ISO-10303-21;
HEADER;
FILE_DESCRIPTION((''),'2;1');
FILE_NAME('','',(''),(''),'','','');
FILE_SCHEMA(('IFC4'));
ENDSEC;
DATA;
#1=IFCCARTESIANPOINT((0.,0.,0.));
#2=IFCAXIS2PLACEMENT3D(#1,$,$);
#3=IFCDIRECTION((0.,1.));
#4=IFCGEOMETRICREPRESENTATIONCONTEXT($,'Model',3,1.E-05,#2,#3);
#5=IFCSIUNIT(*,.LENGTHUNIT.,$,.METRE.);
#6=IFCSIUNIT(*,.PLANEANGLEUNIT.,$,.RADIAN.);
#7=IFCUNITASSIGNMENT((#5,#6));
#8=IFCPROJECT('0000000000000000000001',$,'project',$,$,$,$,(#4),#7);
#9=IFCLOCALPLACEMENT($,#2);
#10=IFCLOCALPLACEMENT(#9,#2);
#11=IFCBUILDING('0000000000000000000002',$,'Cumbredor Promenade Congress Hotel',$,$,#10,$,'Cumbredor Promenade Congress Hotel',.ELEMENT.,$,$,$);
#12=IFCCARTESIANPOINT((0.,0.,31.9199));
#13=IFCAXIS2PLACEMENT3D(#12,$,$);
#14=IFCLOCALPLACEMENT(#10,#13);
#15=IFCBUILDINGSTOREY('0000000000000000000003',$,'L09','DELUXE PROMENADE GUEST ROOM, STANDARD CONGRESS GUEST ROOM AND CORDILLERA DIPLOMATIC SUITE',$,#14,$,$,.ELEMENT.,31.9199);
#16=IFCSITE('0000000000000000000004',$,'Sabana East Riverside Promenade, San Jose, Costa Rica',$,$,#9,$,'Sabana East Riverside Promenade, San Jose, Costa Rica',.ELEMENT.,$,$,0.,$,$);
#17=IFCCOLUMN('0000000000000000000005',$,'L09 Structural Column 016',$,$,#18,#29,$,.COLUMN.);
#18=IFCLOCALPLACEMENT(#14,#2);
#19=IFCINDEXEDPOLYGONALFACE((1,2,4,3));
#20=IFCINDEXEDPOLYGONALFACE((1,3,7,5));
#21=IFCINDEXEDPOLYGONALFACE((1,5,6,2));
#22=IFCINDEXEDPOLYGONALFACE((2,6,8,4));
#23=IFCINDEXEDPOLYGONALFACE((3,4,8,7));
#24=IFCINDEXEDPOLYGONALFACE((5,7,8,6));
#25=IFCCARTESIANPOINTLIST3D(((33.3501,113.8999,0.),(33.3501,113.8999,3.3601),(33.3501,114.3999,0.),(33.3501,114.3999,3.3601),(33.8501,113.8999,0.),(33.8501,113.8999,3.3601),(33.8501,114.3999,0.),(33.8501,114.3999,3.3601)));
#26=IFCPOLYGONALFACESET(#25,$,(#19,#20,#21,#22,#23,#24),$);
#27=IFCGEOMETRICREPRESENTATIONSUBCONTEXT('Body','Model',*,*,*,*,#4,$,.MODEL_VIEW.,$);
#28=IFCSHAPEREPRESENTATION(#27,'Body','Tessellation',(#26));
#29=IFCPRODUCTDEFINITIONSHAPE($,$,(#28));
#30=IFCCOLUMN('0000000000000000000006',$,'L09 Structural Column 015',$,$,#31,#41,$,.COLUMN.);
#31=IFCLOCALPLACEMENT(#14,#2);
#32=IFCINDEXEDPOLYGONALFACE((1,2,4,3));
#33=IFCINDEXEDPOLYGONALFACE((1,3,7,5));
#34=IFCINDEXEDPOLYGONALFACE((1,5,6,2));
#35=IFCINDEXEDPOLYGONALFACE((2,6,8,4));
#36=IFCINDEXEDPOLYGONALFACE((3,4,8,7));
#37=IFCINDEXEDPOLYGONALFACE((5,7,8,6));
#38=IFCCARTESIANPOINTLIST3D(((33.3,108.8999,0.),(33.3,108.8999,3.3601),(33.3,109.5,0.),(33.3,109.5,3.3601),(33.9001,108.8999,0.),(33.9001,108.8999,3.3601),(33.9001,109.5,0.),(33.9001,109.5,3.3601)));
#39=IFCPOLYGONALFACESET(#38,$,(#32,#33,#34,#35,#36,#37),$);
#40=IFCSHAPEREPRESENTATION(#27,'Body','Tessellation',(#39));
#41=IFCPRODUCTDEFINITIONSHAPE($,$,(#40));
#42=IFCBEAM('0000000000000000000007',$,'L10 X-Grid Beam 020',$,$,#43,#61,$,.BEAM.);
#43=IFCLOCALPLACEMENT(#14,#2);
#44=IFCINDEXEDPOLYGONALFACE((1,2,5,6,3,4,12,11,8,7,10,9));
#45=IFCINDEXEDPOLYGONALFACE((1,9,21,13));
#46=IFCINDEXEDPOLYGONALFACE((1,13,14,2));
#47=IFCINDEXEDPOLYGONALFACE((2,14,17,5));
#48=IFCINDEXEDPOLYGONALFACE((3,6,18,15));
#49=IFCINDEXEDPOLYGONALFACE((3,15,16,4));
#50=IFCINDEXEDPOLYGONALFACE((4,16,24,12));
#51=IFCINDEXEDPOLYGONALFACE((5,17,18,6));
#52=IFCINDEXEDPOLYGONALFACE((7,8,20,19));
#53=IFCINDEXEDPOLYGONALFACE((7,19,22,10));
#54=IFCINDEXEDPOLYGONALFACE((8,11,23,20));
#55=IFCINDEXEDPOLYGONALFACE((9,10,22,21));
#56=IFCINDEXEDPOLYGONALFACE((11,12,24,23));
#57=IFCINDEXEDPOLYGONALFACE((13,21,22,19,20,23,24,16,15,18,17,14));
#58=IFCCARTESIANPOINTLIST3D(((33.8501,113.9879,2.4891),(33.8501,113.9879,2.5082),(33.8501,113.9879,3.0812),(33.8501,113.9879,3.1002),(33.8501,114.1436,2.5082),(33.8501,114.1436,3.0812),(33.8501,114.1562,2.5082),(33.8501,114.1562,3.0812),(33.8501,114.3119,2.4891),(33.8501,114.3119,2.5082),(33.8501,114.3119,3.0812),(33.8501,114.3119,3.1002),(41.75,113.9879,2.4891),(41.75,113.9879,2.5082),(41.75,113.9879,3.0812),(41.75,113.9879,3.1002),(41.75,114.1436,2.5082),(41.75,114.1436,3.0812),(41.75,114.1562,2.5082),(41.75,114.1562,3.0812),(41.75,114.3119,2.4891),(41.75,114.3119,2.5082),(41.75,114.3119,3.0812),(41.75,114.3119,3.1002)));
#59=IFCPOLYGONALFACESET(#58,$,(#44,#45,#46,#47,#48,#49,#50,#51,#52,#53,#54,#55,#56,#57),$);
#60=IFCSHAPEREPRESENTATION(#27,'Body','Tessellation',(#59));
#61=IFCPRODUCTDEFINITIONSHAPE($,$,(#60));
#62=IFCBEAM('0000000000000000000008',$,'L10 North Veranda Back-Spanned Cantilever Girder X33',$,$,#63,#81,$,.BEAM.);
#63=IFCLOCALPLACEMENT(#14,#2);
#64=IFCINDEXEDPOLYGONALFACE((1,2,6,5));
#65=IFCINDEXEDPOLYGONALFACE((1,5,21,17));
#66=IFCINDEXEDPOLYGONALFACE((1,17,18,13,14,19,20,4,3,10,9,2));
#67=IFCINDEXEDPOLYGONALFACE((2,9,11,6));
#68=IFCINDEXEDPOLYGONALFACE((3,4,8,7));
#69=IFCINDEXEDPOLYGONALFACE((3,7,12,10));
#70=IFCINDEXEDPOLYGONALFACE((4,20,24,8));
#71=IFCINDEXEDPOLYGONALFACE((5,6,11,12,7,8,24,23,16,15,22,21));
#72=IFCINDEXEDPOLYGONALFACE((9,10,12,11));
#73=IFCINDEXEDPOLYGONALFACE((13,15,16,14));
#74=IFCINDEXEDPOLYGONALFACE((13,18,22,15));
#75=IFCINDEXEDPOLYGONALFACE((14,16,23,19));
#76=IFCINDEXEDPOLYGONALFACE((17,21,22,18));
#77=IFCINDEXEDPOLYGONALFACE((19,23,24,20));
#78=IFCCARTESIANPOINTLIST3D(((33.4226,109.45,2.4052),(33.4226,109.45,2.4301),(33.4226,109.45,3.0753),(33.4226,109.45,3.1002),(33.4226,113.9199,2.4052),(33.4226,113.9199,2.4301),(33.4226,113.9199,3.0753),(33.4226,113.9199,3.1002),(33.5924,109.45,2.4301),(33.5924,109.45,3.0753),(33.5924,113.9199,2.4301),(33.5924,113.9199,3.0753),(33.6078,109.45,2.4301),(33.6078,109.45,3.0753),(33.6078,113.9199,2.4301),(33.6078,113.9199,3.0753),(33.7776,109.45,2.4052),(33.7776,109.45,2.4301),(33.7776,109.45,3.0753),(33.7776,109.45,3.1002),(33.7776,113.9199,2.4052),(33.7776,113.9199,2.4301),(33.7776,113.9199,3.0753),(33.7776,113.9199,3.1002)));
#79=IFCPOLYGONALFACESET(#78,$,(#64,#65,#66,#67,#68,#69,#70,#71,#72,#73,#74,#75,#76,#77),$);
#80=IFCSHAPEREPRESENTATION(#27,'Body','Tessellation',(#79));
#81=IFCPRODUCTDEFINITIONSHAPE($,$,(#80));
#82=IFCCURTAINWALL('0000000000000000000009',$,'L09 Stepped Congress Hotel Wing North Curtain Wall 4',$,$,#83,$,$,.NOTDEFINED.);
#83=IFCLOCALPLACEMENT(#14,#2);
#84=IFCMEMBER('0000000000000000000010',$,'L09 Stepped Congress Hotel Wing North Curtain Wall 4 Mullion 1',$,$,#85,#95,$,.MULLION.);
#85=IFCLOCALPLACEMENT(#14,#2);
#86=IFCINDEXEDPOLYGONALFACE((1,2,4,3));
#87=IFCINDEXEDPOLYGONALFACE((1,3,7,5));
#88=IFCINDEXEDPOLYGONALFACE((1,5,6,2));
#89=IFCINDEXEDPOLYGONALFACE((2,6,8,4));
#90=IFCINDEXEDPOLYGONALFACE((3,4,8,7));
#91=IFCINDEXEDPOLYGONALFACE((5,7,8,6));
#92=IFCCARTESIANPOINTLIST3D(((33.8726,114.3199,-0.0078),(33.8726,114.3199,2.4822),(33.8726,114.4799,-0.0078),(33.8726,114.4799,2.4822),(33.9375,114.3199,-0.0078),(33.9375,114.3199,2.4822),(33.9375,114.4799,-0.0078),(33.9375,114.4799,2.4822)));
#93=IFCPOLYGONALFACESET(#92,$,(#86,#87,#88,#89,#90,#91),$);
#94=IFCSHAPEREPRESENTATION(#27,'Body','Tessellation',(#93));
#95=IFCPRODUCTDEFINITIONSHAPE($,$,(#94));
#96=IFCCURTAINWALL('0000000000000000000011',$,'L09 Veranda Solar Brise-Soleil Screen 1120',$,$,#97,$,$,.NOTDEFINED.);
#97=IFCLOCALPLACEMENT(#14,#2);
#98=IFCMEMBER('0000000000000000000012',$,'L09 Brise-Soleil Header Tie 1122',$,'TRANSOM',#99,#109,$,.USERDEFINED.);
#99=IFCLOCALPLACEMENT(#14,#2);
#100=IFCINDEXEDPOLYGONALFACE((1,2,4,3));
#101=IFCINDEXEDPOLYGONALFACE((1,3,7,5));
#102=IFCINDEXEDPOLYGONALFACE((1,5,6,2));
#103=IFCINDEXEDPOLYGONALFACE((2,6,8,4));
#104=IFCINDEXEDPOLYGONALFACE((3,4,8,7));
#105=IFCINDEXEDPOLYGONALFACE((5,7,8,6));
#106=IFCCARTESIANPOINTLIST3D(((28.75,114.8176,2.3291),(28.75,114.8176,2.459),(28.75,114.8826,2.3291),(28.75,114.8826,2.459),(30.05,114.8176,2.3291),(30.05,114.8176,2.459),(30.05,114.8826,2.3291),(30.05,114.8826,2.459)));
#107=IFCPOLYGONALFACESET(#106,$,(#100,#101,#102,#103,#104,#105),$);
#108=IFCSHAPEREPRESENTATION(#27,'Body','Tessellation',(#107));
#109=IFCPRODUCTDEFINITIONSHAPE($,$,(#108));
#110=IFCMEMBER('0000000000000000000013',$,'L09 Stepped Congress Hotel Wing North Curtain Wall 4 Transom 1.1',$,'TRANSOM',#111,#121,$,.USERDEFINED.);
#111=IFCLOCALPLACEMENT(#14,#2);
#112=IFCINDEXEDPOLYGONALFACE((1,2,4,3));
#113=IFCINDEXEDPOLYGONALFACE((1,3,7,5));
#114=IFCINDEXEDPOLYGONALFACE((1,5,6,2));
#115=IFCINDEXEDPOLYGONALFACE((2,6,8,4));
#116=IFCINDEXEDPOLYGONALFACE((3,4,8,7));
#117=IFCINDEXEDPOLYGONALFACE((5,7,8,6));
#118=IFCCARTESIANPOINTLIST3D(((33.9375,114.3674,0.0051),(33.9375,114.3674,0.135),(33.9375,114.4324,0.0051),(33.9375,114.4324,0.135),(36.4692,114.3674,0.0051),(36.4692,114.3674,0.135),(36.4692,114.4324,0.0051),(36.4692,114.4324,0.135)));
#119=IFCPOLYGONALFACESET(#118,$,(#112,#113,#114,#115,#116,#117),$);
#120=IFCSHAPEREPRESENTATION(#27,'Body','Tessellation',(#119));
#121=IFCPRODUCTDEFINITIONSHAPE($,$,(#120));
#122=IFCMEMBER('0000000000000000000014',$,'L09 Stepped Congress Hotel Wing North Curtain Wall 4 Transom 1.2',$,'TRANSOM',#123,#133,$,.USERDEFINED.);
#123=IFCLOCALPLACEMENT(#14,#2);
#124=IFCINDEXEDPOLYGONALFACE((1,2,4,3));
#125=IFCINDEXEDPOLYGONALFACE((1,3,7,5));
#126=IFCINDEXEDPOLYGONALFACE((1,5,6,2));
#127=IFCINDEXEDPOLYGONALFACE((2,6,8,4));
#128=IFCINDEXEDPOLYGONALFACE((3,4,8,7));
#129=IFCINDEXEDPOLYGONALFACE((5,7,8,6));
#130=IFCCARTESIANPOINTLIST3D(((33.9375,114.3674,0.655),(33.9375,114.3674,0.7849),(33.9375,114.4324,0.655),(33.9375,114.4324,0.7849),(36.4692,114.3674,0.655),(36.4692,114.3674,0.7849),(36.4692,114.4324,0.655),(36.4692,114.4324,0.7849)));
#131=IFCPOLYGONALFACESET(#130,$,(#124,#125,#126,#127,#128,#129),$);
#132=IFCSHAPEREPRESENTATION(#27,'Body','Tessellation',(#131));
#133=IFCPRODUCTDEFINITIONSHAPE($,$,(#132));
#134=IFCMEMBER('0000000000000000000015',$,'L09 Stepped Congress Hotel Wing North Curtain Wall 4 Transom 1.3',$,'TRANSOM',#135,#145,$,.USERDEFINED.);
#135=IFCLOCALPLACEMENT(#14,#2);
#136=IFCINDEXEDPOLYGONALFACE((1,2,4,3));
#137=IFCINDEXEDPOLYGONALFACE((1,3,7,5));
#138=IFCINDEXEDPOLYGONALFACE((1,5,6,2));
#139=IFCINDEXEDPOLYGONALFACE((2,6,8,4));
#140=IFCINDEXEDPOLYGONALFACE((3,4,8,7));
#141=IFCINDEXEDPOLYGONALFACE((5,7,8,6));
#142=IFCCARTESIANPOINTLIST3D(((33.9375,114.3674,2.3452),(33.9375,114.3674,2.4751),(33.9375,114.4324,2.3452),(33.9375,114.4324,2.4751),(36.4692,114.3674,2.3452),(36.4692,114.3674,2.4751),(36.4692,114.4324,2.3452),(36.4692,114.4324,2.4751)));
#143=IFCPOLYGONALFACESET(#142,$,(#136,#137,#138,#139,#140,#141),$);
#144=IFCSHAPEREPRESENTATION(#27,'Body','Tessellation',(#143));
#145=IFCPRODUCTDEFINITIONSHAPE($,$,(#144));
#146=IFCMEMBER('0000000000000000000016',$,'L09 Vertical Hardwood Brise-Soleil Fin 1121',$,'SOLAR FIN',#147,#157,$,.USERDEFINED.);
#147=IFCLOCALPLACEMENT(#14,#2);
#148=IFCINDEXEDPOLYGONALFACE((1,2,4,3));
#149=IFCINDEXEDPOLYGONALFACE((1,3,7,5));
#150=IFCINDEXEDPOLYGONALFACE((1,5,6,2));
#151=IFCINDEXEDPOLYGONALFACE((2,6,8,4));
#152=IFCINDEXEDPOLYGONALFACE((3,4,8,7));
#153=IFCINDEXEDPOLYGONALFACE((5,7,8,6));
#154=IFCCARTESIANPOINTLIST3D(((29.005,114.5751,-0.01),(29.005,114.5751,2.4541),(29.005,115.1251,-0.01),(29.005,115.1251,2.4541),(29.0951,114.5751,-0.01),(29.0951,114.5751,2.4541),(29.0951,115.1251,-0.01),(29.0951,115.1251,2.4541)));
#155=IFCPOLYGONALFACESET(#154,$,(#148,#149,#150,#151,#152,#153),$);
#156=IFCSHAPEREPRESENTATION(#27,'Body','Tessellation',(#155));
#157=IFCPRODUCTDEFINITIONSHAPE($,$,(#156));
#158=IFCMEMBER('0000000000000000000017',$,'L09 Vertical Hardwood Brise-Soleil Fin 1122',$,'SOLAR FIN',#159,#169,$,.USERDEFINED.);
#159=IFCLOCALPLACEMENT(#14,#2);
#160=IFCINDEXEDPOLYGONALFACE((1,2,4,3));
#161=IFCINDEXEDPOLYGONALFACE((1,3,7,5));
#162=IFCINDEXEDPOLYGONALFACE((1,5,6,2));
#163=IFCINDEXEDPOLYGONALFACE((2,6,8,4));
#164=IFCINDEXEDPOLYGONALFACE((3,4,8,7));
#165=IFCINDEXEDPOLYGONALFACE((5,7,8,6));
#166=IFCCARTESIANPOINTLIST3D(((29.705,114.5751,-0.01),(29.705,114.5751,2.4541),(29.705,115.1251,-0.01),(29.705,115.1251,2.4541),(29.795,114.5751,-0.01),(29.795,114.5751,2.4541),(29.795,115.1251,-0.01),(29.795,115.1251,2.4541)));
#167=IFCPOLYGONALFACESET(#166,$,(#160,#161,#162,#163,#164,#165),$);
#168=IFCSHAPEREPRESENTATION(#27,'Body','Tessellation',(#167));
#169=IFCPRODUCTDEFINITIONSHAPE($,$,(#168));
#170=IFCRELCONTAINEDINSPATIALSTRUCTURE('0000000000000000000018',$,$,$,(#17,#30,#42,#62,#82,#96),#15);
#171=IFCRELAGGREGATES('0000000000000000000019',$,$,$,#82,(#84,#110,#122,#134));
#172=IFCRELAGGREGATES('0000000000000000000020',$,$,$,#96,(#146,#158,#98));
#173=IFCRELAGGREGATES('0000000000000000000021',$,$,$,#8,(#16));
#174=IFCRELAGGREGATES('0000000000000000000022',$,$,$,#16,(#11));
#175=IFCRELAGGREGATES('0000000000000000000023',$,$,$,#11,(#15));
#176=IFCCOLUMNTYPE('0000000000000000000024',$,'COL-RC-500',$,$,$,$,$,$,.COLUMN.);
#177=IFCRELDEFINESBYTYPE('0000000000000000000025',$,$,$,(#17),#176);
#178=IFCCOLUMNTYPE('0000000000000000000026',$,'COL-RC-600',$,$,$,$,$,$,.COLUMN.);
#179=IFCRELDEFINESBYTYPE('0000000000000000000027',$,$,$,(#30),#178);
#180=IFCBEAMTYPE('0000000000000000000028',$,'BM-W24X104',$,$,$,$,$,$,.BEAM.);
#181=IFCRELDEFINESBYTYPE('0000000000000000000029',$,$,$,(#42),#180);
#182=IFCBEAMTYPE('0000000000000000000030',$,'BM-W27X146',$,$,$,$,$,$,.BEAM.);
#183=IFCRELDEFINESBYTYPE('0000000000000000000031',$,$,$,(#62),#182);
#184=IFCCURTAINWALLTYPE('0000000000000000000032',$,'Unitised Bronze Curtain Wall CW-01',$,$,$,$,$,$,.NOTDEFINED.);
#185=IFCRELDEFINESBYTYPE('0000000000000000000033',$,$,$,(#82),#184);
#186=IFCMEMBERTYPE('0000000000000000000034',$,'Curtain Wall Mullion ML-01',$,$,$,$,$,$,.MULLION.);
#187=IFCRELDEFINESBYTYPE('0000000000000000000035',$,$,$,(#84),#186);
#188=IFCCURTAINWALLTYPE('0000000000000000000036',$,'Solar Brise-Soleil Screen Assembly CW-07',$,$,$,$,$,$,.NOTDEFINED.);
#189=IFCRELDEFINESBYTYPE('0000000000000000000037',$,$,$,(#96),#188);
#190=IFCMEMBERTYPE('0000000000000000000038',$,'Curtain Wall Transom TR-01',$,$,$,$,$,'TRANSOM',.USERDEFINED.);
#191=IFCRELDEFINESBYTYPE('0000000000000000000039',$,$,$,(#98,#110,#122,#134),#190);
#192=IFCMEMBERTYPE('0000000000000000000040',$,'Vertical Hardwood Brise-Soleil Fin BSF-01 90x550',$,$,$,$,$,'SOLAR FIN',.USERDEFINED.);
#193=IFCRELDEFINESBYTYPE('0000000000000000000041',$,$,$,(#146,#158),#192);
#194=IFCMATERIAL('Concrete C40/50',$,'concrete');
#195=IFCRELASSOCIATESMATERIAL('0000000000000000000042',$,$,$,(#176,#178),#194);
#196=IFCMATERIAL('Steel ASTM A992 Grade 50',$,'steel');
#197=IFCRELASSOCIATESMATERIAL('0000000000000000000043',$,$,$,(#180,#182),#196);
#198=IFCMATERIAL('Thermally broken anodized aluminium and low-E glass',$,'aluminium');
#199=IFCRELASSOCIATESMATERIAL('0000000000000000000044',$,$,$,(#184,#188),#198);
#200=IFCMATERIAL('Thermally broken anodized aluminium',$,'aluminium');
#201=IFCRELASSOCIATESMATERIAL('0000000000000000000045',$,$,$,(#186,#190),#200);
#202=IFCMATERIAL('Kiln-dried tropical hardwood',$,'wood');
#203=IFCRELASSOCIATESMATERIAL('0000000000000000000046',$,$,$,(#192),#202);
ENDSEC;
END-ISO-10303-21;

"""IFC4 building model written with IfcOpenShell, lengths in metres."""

from ifc_helpers import new_model, si_unit, direction, frame, origin, origin_2d, place, context, subcontext, project, spatial, rectangle, i_section, extrude, material, material_profile, profile_set, type_object, element, aggregate, save


model = new_model("IFC4")

# Units and contexts
model_context = context("Model", 3, precision=1e-05, world=origin(), true_north=direction((0.0, 1.0)))
body_context = subcontext(model_context, "Body", "Model", "MODEL_VIEW")
ifc_project = project(units=[si_unit("LENGTHUNIT", "METRE"), si_unit("PLANEANGLEUNIT", "RADIAN")], contexts=[model_context])

# Site, building, storey
site_placement = place(None, origin())
site = spatial("IfcSite", under=ifc_project, at=site_placement, Name="Sabana East Riverside Promenade, San Jose, Costa Rica", LongName="Sabana East Riverside Promenade, San Jose, Costa Rica", CompositionType="ELEMENT", RefElevation=0.0)
building_placement = place(site_placement, origin())
building = spatial("IfcBuilding", under=site, at=building_placement, Name="Cumbredor Promenade Congress Hotel", LongName="Cumbredor Promenade Congress Hotel", CompositionType="ELEMENT")
storey_placement = place(building_placement, frame((0.0, 0.0, 31.9199)))
storey = spatial("IfcBuildingStorey", under=building, at=storey_placement, Name="L09", Description="DELUXE PROMENADE GUEST ROOM, STANDARD CONGRESS GUEST ROOM AND CORDILLERA DIPLOMATIC SUITE", CompositionType="ELEMENT", Elevation=31.9199)

# Columns
ifc_material_1 = material(Name="Concrete C40/50", Category="concrete")
ifc_material_profile_1 = material_profile(ifc_material_1, rectangle(XDim=0.5, YDim=0.5, at=origin_2d()), Name="RC 500x500")
ifc_profile_set_1 = profile_set([ifc_material_profile_1], Name="Concrete C40/50")
column_type_1 = type_object("IfcColumnType", Name="COL-RC-500", PredefinedType="COLUMN", material=ifc_profile_set_1)
column_1_placement = place(storey_placement, frame((33.6001, 114.1499, 0.0), z_axis=(0.0, 0.0, 1.0), x_axis=(1.0, 0.0, 0.0)))
element("IfcColumn", 1, at=column_1_placement, inside=storey, type_object=column_type_1, Name="L09 Structural Column 016", PredefinedType="COLUMN", context=body_context, shape_type="SweptSolid", body=[
    extrude(rectangle(XDim=0.5, YDim=0.5, at=origin_2d()), origin(), (0.0, 0.0, 1.0), 3.3601),
])
ifc_material_profile_2 = material_profile(ifc_material_1, rectangle(XDim=0.6001, YDim=0.6001, at=origin_2d()), Name="RC 600x600")
ifc_profile_set_2 = profile_set([ifc_material_profile_2], Name="Concrete C40/50")
column_type_2 = type_object("IfcColumnType", Name="COL-RC-600", PredefinedType="COLUMN", material=ifc_profile_set_2)
column_2_placement = place(storey_placement, frame((33.6001, 109.2, 0.0), z_axis=(0.0, 0.0, 1.0), x_axis=(1.0, 0.0, 0.0)))
element("IfcColumn", 2, at=column_2_placement, inside=storey, type_object=column_type_2, Name="L09 Structural Column 015", PredefinedType="COLUMN", context=body_context, shape_type="SweptSolid", body=[
    extrude(rectangle(XDim=0.6001, YDim=0.6001, at=origin_2d()), origin(), (0.0, 0.0, 1.0), 3.3601),
])

# Beams
ifc_material_2 = material(Name="Steel ASTM A992 Grade 50", Category="steel")
ifc_material_profile_3 = material_profile(ifc_material_2, i_section(OverallWidth=0.324, OverallDepth=0.6111, WebThickness=0.0127, FlangeThickness=0.019, at=origin_2d()), Name="W24X104")
ifc_profile_set_3 = profile_set([ifc_material_profile_3], Name="Steel ASTM A992 Grade 50")
beam_type_1 = type_object("IfcBeamType", Name="BM-W24X104", PredefinedType="BEAM", material=ifc_profile_set_3)
beam_1_placement = place(storey_placement, frame((33.8501, 114.1499, 2.7947), z_axis=(1.0, 0.0, 0.0), x_axis=(0.0, 1.0, 0.0)))
element("IfcBeam", 3, at=beam_1_placement, inside=storey, type_object=beam_type_1, Name="L10 X-Grid Beam 020", PredefinedType="BEAM", context=body_context, shape_type="SweptSolid", body=[
    extrude(i_section(OverallWidth=0.324, OverallDepth=0.6111, WebThickness=0.0127, FlangeThickness=0.019, at=origin_2d()), origin(), (0.0, 0.0, 1.0), 7.8999),
])
ifc_material_profile_4 = material_profile(ifc_material_2, i_section(OverallWidth=0.355, OverallDepth=0.6951, WebThickness=0.0154, FlangeThickness=0.0249, at=origin_2d()), Name="W27X146")
ifc_profile_set_4 = profile_set([ifc_material_profile_4], Name="Steel ASTM A992 Grade 50")
beam_type_2 = type_object("IfcBeamType", Name="BM-W27X146", PredefinedType="BEAM", material=ifc_profile_set_4)
beam_2_placement = place(storey_placement, frame((33.6001, 109.45, 2.7527), z_axis=(0.0, 1.0, 0.0), x_axis=(-1.0, 0.0, 0.0)))
element("IfcBeam", 4, at=beam_2_placement, inside=storey, type_object=beam_type_2, Name="L10 North Veranda Back-Spanned Cantilever Girder X33", PredefinedType="BEAM", context=body_context, shape_type="SweptSolid", body=[
    extrude(i_section(OverallWidth=0.355, OverallDepth=0.6951, WebThickness=0.0154, FlangeThickness=0.0249, at=origin_2d()), origin(), (0.0, 0.0, 1.0), 4.47),
])

# Curtain walls, members
ifc_material_3 = material(Name="Thermally broken anodized aluminium and low-E glass", Category="aluminium")
curtain_wall_type_1 = type_object("IfcCurtainWallType", Name="Unitised Bronze Curtain Wall CW-01", PredefinedType="NOTDEFINED", material=ifc_material_3)
curtain_wall_1_placement = place(storey_placement, origin())
curtain_wall_1 = element("IfcCurtainWall", 5, at=curtain_wall_1_placement, inside=storey, type_object=curtain_wall_type_1, Name="L09 Stepped Congress Hotel Wing North Curtain Wall 4", PredefinedType="NOTDEFINED")
ifc_material_4 = material(Name="Thermally broken anodized aluminium", Category="aluminium")
ifc_material_profile_5 = material_profile(ifc_material_4, rectangle(XDim=0.0649, YDim=0.1599, at=origin_2d()), Name="ALU MULLION 65x160")
ifc_profile_set_5 = profile_set([ifc_material_profile_5], Name="Thermally broken anodized aluminium")
member_type_1 = type_object("IfcMemberType", Name="Curtain Wall Mullion ML-01", PredefinedType="MULLION", material=ifc_profile_set_5)
member_1_placement = place(storey_placement, frame((33.905, 114.3999, -0.0078), z_axis=(0.0, 0.0, 1.0), x_axis=(1.0, 0.0, 0.0)))
member_1 = element("IfcMember", 6, at=member_1_placement, type_object=member_type_1, Name="L09 Stepped Congress Hotel Wing North Curtain Wall 4 Mullion 1", PredefinedType="MULLION", context=body_context, shape_type="SweptSolid", body=[
    extrude(rectangle(XDim=0.0649, YDim=0.1599, at=origin_2d()), origin(), (0.0, 0.0, 1.0), 2.49),
])
curtain_wall_type_2 = type_object("IfcCurtainWallType", Name="Solar Brise-Soleil Screen Assembly CW-07", PredefinedType="NOTDEFINED", material=ifc_material_3)
curtain_wall_2_placement = place(storey_placement, origin())
curtain_wall_2 = element("IfcCurtainWall", 7, at=curtain_wall_2_placement, inside=storey, type_object=curtain_wall_type_2, Name="L09 Veranda Solar Brise-Soleil Screen 1120", PredefinedType="NOTDEFINED")
ifc_material_profile_6 = material_profile(ifc_material_4, rectangle(XDim=0.0649, YDim=0.1299, at=origin_2d()), Name="ALU TRANSOM 65x130")
ifc_profile_set_6 = profile_set([ifc_material_profile_6], Name="Thermally broken anodized aluminium")
member_type_2 = type_object("IfcMemberType", Name="Curtain Wall Transom TR-01", ElementType="TRANSOM", PredefinedType="USERDEFINED", material=ifc_profile_set_6)
member_2_placement = place(storey_placement, frame((28.75, 114.8501, 2.394), z_axis=(1.0, 0.0, 0.0), x_axis=(0.0, 1.0, 0.0)))
member_2 = element("IfcMember", 8, at=member_2_placement, type_object=member_type_2, Name="L09 Brise-Soleil Header Tie 1122", ObjectType="TRANSOM", PredefinedType="USERDEFINED", context=body_context, shape_type="SweptSolid", body=[
    extrude(rectangle(XDim=0.0649, YDim=0.1299, at=origin_2d()), origin(), (0.0, 0.0, 1.0), 1.3),
])

# Members
member_3_placement = place(storey_placement, frame((33.9375, 114.3999, 0.0701), z_axis=(1.0, 0.0, 0.0), x_axis=(0.0, 1.0, 0.0)))
member_3 = element("IfcMember", 9, at=member_3_placement, type_object=member_type_2, Name="L09 Stepped Congress Hotel Wing North Curtain Wall 4 Transom 1.1", ObjectType="TRANSOM", PredefinedType="USERDEFINED", context=body_context, shape_type="SweptSolid", body=[
    extrude(rectangle(XDim=0.0649, YDim=0.1299, at=origin_2d()), origin(), (0.0, 0.0, 1.0), 2.5317),
])
member_4_placement = place(storey_placement, frame((33.9375, 114.3999, 0.72), z_axis=(1.0, 0.0, 0.0), x_axis=(0.0, 1.0, 0.0)))
member_4 = element("IfcMember", 10, at=member_4_placement, type_object=member_type_2, Name="L09 Stepped Congress Hotel Wing North Curtain Wall 4 Transom 1.2", ObjectType="TRANSOM", PredefinedType="USERDEFINED", context=body_context, shape_type="SweptSolid", body=[
    extrude(rectangle(XDim=0.0649, YDim=0.1299, at=origin_2d()), origin(), (0.0, 0.0, 1.0), 2.5317),
])
member_5_placement = place(storey_placement, frame((33.9375, 114.3999, 2.4102), z_axis=(1.0, 0.0, 0.0), x_axis=(0.0, 1.0, 0.0)))
member_5 = element("IfcMember", 11, at=member_5_placement, type_object=member_type_2, Name="L09 Stepped Congress Hotel Wing North Curtain Wall 4 Transom 1.3", ObjectType="TRANSOM", PredefinedType="USERDEFINED", context=body_context, shape_type="SweptSolid", body=[
    extrude(rectangle(XDim=0.0649, YDim=0.1299, at=origin_2d()), origin(), (0.0, 0.0, 1.0), 2.5317),
])
aggregate(curtain_wall_1, [member_1, member_3, member_4, member_5])
ifc_material_5 = material(Name="Kiln-dried tropical hardwood", Category="wood")
ifc_material_profile_7 = material_profile(ifc_material_5, rectangle(XDim=0.0901, YDim=0.55, at=origin_2d()), Name="ARCH FIN 90x550")
ifc_profile_set_7 = profile_set([ifc_material_profile_7], Name="Kiln-dried tropical hardwood")
member_type_3 = type_object("IfcMemberType", Name="Vertical Hardwood Brise-Soleil Fin BSF-01 90x550", ElementType="SOLAR FIN", PredefinedType="USERDEFINED", material=ifc_profile_set_7)
member_6_placement = place(storey_placement, frame((29.05, 114.8501, -0.01), z_axis=(0.0, 0.0, 1.0), x_axis=(1.0, 0.0, 0.0)))
member_6 = element("IfcMember", 12, at=member_6_placement, type_object=member_type_3, Name="L09 Vertical Hardwood Brise-Soleil Fin 1121", ObjectType="SOLAR FIN", PredefinedType="USERDEFINED", context=body_context, shape_type="SweptSolid", body=[
    extrude(rectangle(XDim=0.0901, YDim=0.55, at=origin_2d()), origin(), (0.0, 0.0, 1.0), 2.4641),
])
member_7_placement = place(storey_placement, frame((29.75, 114.8501, -0.01), z_axis=(0.0, 0.0, 1.0), x_axis=(1.0, 0.0, 0.0)))
member_7 = element("IfcMember", 13, at=member_7_placement, type_object=member_type_3, Name="L09 Vertical Hardwood Brise-Soleil Fin 1122", ObjectType="SOLAR FIN", PredefinedType="USERDEFINED", context=body_context, shape_type="SweptSolid", body=[
    extrude(rectangle(XDim=0.0901, YDim=0.55, at=origin_2d()), origin(), (0.0, 0.0, 1.0), 2.4641),
])
aggregate(curtain_wall_2, [member_6, member_7, member_2])

save(model, "model.ifc")
